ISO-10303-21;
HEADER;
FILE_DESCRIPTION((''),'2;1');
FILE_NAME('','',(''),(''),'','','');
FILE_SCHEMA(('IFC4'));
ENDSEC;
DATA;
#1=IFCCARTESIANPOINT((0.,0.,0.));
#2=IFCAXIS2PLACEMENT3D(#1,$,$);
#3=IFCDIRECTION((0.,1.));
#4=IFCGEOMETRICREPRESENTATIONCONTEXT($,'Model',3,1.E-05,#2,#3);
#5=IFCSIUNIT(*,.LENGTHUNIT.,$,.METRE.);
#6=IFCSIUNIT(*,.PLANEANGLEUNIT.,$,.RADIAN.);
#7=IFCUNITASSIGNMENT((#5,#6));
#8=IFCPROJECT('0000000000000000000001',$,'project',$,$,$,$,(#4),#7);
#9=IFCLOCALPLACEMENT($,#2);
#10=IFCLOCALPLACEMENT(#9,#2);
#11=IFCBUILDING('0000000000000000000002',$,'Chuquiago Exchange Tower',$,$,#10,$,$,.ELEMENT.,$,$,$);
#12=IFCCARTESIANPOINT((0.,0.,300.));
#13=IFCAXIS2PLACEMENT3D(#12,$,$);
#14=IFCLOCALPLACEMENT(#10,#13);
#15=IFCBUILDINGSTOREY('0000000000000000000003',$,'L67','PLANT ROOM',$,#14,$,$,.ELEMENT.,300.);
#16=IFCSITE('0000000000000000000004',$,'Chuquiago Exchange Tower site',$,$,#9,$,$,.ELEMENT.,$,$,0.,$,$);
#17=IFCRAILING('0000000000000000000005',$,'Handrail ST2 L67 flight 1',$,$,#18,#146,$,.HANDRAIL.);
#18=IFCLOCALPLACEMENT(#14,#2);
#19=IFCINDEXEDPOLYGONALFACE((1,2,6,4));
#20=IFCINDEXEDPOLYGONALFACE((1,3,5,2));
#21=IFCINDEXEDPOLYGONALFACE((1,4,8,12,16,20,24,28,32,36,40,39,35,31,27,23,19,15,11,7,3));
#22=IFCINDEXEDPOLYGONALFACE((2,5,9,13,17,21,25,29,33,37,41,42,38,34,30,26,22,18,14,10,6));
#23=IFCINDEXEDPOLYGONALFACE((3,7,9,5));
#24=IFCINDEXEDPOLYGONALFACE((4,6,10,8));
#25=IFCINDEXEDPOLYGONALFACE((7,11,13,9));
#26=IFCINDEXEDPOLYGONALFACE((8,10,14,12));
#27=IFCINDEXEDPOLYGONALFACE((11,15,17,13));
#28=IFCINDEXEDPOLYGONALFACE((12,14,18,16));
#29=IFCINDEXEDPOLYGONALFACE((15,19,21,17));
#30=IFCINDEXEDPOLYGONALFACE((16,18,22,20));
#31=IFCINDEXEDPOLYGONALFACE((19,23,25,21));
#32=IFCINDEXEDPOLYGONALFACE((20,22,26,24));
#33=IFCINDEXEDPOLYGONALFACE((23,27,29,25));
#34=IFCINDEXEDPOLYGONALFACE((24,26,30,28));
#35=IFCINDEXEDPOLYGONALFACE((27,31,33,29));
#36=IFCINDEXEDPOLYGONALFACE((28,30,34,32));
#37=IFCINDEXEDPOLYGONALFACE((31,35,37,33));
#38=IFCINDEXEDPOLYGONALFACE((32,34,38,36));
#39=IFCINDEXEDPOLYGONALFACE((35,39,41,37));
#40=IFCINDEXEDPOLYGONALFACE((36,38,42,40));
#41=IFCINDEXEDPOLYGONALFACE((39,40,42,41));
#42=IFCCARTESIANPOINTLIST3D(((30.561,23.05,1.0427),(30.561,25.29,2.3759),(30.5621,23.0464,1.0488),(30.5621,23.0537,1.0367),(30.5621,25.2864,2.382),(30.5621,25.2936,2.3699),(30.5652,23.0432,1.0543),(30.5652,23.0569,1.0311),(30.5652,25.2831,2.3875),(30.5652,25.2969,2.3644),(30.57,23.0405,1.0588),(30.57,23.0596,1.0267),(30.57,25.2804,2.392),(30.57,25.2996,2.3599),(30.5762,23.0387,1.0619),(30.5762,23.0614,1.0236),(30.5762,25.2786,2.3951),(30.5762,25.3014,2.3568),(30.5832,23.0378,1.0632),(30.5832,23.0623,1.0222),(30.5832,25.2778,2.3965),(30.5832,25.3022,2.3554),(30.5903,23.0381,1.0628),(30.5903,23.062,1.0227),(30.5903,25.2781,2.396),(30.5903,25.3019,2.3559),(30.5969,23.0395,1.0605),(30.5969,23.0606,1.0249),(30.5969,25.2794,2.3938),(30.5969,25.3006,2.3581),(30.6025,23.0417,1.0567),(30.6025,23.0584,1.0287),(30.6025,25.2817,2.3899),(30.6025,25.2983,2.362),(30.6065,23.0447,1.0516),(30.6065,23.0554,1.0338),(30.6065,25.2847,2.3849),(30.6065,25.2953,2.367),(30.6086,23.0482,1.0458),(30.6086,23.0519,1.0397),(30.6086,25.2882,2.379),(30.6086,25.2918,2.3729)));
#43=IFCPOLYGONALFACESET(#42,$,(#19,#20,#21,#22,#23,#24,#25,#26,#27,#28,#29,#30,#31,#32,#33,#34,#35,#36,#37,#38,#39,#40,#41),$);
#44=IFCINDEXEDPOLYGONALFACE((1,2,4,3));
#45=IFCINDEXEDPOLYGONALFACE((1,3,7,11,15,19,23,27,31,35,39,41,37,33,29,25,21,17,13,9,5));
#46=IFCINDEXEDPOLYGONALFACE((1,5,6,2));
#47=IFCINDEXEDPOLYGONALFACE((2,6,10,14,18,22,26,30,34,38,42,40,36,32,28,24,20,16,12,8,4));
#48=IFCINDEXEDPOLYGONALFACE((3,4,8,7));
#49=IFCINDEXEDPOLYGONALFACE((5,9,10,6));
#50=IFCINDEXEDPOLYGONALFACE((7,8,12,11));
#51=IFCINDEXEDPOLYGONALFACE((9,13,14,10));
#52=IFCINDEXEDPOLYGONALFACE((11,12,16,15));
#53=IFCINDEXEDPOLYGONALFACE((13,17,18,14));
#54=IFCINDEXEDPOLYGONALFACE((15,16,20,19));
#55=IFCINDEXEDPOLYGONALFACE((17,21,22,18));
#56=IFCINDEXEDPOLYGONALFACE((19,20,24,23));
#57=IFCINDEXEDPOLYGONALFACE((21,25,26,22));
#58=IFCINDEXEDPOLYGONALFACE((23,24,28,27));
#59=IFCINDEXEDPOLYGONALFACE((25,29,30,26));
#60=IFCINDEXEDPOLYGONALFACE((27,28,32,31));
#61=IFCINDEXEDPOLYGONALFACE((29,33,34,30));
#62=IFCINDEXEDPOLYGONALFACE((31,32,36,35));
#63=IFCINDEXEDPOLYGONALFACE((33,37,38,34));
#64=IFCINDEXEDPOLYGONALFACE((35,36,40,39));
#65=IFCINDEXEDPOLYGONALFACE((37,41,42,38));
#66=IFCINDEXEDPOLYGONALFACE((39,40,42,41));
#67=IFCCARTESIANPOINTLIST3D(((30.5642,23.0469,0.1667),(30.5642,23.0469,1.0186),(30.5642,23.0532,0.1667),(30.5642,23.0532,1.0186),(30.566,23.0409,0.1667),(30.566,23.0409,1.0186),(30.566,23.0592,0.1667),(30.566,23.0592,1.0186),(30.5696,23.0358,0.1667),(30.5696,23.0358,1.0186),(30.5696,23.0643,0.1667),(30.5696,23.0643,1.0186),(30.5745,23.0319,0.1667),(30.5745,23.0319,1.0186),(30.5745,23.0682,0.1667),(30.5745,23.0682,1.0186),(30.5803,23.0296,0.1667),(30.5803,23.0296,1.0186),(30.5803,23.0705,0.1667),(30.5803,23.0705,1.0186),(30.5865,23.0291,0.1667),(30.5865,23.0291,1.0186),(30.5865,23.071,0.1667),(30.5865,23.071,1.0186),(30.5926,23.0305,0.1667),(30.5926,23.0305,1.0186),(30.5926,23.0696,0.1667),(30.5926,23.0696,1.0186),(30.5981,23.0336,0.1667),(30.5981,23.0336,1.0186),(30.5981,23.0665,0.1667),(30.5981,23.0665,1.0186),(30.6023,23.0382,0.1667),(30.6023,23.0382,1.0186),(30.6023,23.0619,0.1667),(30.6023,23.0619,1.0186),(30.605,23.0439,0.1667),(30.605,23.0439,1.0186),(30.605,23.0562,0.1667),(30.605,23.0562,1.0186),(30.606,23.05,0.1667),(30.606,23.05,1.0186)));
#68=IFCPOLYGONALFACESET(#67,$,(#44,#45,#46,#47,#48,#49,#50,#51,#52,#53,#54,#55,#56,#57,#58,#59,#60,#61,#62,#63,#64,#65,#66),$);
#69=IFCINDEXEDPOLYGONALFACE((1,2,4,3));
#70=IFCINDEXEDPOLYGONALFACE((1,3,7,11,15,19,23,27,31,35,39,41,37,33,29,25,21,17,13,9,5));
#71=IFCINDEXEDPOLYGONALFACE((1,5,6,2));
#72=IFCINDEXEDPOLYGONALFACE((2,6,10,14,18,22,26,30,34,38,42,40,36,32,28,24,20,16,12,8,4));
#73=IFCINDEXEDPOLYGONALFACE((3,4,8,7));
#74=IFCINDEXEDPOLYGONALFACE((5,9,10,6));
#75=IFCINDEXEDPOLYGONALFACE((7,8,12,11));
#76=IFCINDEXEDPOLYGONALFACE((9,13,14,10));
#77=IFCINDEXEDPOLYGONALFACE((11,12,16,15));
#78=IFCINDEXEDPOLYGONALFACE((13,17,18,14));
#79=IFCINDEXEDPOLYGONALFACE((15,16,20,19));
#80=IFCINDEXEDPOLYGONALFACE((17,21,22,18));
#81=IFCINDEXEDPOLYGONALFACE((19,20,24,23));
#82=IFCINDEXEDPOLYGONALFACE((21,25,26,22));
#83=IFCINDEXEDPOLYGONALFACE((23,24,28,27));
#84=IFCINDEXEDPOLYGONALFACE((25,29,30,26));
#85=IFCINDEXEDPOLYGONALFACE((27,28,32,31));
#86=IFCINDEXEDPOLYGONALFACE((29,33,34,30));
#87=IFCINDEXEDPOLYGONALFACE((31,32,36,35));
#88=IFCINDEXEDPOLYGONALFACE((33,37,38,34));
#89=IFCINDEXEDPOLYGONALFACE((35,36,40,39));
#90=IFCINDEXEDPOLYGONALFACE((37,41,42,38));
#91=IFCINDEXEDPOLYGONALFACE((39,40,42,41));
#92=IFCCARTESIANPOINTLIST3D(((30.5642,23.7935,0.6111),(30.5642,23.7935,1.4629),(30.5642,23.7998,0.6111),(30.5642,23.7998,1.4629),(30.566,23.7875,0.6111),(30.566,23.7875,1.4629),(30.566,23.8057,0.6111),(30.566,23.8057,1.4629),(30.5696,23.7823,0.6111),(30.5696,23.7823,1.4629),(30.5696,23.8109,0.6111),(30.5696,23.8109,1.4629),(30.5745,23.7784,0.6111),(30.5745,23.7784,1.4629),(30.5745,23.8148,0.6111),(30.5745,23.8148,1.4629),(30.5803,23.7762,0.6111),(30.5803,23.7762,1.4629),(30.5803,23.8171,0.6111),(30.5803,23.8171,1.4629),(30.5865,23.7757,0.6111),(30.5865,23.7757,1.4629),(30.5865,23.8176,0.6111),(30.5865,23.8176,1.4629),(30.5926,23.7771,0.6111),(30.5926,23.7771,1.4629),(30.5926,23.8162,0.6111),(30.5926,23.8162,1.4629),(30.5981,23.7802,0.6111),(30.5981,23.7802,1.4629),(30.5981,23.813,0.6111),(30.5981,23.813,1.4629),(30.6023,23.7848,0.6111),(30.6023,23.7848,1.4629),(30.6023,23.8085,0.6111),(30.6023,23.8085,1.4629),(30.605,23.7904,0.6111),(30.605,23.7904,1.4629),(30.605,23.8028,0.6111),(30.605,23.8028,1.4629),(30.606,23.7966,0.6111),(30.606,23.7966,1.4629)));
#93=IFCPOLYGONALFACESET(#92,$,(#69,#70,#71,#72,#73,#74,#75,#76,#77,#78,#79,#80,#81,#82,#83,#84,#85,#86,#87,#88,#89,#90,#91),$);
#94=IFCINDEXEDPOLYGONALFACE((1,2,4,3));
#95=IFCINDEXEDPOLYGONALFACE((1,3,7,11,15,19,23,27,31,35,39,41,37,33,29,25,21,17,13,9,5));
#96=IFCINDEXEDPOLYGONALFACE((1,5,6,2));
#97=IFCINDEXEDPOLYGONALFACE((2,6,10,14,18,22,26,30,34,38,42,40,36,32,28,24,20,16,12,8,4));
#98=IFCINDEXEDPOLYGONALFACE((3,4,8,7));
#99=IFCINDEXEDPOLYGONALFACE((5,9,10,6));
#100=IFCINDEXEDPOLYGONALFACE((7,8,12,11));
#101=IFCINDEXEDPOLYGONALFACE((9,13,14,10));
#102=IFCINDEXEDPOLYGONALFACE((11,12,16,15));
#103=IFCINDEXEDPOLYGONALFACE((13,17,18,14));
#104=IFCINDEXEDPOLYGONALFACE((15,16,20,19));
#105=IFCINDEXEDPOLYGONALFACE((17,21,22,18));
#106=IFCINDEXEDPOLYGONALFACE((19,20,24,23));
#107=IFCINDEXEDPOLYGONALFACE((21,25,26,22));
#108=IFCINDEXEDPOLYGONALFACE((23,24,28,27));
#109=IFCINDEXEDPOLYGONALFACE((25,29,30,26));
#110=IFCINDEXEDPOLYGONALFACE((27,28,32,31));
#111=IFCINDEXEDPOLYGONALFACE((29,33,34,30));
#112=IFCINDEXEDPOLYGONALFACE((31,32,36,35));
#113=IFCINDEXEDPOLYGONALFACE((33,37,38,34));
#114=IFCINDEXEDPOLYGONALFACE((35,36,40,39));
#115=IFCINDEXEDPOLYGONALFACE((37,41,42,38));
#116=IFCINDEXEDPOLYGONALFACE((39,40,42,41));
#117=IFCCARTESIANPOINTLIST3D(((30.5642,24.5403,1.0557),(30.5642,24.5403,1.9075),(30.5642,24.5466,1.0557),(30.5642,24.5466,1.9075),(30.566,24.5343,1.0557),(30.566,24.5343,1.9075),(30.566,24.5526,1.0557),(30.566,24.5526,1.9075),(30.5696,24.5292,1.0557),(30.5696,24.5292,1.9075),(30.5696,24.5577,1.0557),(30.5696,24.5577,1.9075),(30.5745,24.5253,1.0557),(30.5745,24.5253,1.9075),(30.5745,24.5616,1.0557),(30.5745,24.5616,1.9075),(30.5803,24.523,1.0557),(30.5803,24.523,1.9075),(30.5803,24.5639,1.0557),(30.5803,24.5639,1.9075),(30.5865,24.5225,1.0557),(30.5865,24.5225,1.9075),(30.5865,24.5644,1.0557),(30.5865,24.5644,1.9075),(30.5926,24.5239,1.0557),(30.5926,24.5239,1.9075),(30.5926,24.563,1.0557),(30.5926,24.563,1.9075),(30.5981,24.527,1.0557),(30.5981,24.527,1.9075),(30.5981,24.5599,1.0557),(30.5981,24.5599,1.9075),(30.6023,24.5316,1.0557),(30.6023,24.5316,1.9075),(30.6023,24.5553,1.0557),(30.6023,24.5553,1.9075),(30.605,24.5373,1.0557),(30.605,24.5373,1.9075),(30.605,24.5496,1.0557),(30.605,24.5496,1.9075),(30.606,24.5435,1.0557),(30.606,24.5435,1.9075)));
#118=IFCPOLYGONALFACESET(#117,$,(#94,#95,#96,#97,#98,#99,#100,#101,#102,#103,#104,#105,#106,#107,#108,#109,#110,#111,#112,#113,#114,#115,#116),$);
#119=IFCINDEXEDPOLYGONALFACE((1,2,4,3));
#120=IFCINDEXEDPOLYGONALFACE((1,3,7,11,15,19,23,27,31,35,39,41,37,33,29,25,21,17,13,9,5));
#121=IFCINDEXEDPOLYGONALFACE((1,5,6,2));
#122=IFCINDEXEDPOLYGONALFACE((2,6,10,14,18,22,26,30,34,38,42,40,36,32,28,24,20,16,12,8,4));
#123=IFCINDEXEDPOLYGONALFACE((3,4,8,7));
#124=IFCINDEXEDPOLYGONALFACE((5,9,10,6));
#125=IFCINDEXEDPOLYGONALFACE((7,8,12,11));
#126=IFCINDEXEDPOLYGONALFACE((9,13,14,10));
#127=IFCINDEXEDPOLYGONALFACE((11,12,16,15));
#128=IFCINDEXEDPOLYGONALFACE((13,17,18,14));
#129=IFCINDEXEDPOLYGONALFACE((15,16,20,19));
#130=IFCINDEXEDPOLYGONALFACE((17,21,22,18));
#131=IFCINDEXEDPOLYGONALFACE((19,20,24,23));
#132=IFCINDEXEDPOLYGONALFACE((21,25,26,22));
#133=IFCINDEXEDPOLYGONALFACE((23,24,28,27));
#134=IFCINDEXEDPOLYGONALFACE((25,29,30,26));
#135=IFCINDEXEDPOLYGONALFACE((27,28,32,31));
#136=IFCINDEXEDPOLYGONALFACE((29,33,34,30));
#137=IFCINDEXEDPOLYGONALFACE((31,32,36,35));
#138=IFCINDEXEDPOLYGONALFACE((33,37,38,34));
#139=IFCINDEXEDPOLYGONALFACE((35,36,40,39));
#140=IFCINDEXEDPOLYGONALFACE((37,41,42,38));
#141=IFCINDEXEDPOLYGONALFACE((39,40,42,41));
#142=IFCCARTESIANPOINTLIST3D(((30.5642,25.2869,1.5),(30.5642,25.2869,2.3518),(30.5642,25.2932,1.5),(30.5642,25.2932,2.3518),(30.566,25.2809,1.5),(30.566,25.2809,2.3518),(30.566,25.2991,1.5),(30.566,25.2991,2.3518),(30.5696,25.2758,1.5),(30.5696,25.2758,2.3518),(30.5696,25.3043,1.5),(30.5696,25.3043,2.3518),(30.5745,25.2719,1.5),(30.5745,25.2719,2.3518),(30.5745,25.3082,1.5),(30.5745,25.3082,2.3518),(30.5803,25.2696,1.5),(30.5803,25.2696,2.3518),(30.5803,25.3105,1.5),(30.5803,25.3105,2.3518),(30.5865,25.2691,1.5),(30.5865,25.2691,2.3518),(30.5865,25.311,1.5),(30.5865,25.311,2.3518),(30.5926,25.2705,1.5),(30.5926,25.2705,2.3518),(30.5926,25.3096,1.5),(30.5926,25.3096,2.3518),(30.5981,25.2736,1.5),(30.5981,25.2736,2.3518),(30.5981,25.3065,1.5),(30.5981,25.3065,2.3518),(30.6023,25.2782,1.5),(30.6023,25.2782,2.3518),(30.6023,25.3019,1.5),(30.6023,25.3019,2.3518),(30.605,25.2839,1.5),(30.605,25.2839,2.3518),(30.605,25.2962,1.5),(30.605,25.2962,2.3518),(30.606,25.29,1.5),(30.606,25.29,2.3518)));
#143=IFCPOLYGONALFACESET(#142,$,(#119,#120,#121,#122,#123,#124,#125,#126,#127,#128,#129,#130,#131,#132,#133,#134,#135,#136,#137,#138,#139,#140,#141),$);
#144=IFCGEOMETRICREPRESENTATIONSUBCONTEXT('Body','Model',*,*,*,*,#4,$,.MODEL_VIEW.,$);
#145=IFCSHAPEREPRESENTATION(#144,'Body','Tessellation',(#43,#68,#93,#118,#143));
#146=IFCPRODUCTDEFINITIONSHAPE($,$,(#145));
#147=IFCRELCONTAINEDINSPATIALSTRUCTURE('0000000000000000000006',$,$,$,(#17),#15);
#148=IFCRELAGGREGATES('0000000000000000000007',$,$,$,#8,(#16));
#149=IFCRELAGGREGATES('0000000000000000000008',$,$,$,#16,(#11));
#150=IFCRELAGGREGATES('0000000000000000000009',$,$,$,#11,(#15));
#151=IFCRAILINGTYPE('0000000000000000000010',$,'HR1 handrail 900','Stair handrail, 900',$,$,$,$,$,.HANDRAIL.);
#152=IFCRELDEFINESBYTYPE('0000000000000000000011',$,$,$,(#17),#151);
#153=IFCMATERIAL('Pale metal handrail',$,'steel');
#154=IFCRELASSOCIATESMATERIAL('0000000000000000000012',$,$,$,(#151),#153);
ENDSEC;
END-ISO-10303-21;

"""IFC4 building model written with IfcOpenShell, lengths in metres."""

from ifc_helpers import new_model, si_unit, direction, frame, origin, origin_2d, place, context, subcontext, project, spatial, circle, extrude, material, type_object, element, save


model = new_model("IFC4")

# Units and contexts
model_context = context("Model", 3, precision=1e-05, world=origin(), true_north=direction((0.0, 1.0)))
body_context = subcontext(model_context, "Body", "Model", "MODEL_VIEW")
ifc_project = project(units=[si_unit("LENGTHUNIT", "METRE"), si_unit("PLANEANGLEUNIT", "RADIAN")], contexts=[model_context])

# Site, building, storey
site_placement = place(None, origin())
site = spatial("IfcSite", under=ifc_project, at=site_placement, Name="Chuquiago Exchange Tower site", CompositionType="ELEMENT", RefElevation=0.0)
building_placement = place(site_placement, origin())
building = spatial("IfcBuilding", under=site, at=building_placement, Name="Chuquiago Exchange Tower", CompositionType="ELEMENT")
storey_placement = place(building_placement, frame((0.0, 0.0, 300.0)))
storey = spatial("IfcBuildingStorey", under=building, at=storey_placement, Name="L67", Description="PLANT ROOM", CompositionType="ELEMENT", Elevation=300.0)

# Railing
ifc_material_1 = material(Name="Pale metal handrail", Category="steel")
railing_type_1 = type_object("IfcRailingType", Name="HR1 handrail 900", Description="Stair handrail, 900", PredefinedType="HANDRAIL", material=ifc_material_1)
railing_placement = place(storey_placement, frame((30.585, 23.05, 0.1667)))
element("IfcRailing", 1, at=railing_placement, inside=storey, type_object=railing_type_1, Name="Handrail ST2 L67 flight 1", PredefinedType="HANDRAIL", context=body_context, shape_type="SweptSolid", body=[
    extrude(circle(Radius=0.0239, at=origin_2d()), frame((0.0, 0.0, 0.876), z_axis=(0.0, 0.859306, 0.511462), x_axis=(-1.0, 0.0, 0.0)), (0.0, 0.0, 1.0), 2.6067),
    extrude(circle(Radius=0.021, at=origin_2d()), origin(), (0.0, 0.0, 1.0), 0.8518),
    extrude(circle(Radius=0.021, at=origin_2d()), frame((0.0, 0.7466, 0.4443)), (0.0, 0.0, 1.0), 0.8518),
    extrude(circle(Radius=0.021, at=origin_2d()), frame((0.0, 1.4934, 0.8889)), (0.0, 0.0, 1.0), 0.8518),
    extrude(circle(Radius=0.021, at=origin_2d()), frame((0.0, 2.24, 1.3333)), (0.0, 0.0, 1.0), 0.8518),
])

save(model, "model.ifc")
